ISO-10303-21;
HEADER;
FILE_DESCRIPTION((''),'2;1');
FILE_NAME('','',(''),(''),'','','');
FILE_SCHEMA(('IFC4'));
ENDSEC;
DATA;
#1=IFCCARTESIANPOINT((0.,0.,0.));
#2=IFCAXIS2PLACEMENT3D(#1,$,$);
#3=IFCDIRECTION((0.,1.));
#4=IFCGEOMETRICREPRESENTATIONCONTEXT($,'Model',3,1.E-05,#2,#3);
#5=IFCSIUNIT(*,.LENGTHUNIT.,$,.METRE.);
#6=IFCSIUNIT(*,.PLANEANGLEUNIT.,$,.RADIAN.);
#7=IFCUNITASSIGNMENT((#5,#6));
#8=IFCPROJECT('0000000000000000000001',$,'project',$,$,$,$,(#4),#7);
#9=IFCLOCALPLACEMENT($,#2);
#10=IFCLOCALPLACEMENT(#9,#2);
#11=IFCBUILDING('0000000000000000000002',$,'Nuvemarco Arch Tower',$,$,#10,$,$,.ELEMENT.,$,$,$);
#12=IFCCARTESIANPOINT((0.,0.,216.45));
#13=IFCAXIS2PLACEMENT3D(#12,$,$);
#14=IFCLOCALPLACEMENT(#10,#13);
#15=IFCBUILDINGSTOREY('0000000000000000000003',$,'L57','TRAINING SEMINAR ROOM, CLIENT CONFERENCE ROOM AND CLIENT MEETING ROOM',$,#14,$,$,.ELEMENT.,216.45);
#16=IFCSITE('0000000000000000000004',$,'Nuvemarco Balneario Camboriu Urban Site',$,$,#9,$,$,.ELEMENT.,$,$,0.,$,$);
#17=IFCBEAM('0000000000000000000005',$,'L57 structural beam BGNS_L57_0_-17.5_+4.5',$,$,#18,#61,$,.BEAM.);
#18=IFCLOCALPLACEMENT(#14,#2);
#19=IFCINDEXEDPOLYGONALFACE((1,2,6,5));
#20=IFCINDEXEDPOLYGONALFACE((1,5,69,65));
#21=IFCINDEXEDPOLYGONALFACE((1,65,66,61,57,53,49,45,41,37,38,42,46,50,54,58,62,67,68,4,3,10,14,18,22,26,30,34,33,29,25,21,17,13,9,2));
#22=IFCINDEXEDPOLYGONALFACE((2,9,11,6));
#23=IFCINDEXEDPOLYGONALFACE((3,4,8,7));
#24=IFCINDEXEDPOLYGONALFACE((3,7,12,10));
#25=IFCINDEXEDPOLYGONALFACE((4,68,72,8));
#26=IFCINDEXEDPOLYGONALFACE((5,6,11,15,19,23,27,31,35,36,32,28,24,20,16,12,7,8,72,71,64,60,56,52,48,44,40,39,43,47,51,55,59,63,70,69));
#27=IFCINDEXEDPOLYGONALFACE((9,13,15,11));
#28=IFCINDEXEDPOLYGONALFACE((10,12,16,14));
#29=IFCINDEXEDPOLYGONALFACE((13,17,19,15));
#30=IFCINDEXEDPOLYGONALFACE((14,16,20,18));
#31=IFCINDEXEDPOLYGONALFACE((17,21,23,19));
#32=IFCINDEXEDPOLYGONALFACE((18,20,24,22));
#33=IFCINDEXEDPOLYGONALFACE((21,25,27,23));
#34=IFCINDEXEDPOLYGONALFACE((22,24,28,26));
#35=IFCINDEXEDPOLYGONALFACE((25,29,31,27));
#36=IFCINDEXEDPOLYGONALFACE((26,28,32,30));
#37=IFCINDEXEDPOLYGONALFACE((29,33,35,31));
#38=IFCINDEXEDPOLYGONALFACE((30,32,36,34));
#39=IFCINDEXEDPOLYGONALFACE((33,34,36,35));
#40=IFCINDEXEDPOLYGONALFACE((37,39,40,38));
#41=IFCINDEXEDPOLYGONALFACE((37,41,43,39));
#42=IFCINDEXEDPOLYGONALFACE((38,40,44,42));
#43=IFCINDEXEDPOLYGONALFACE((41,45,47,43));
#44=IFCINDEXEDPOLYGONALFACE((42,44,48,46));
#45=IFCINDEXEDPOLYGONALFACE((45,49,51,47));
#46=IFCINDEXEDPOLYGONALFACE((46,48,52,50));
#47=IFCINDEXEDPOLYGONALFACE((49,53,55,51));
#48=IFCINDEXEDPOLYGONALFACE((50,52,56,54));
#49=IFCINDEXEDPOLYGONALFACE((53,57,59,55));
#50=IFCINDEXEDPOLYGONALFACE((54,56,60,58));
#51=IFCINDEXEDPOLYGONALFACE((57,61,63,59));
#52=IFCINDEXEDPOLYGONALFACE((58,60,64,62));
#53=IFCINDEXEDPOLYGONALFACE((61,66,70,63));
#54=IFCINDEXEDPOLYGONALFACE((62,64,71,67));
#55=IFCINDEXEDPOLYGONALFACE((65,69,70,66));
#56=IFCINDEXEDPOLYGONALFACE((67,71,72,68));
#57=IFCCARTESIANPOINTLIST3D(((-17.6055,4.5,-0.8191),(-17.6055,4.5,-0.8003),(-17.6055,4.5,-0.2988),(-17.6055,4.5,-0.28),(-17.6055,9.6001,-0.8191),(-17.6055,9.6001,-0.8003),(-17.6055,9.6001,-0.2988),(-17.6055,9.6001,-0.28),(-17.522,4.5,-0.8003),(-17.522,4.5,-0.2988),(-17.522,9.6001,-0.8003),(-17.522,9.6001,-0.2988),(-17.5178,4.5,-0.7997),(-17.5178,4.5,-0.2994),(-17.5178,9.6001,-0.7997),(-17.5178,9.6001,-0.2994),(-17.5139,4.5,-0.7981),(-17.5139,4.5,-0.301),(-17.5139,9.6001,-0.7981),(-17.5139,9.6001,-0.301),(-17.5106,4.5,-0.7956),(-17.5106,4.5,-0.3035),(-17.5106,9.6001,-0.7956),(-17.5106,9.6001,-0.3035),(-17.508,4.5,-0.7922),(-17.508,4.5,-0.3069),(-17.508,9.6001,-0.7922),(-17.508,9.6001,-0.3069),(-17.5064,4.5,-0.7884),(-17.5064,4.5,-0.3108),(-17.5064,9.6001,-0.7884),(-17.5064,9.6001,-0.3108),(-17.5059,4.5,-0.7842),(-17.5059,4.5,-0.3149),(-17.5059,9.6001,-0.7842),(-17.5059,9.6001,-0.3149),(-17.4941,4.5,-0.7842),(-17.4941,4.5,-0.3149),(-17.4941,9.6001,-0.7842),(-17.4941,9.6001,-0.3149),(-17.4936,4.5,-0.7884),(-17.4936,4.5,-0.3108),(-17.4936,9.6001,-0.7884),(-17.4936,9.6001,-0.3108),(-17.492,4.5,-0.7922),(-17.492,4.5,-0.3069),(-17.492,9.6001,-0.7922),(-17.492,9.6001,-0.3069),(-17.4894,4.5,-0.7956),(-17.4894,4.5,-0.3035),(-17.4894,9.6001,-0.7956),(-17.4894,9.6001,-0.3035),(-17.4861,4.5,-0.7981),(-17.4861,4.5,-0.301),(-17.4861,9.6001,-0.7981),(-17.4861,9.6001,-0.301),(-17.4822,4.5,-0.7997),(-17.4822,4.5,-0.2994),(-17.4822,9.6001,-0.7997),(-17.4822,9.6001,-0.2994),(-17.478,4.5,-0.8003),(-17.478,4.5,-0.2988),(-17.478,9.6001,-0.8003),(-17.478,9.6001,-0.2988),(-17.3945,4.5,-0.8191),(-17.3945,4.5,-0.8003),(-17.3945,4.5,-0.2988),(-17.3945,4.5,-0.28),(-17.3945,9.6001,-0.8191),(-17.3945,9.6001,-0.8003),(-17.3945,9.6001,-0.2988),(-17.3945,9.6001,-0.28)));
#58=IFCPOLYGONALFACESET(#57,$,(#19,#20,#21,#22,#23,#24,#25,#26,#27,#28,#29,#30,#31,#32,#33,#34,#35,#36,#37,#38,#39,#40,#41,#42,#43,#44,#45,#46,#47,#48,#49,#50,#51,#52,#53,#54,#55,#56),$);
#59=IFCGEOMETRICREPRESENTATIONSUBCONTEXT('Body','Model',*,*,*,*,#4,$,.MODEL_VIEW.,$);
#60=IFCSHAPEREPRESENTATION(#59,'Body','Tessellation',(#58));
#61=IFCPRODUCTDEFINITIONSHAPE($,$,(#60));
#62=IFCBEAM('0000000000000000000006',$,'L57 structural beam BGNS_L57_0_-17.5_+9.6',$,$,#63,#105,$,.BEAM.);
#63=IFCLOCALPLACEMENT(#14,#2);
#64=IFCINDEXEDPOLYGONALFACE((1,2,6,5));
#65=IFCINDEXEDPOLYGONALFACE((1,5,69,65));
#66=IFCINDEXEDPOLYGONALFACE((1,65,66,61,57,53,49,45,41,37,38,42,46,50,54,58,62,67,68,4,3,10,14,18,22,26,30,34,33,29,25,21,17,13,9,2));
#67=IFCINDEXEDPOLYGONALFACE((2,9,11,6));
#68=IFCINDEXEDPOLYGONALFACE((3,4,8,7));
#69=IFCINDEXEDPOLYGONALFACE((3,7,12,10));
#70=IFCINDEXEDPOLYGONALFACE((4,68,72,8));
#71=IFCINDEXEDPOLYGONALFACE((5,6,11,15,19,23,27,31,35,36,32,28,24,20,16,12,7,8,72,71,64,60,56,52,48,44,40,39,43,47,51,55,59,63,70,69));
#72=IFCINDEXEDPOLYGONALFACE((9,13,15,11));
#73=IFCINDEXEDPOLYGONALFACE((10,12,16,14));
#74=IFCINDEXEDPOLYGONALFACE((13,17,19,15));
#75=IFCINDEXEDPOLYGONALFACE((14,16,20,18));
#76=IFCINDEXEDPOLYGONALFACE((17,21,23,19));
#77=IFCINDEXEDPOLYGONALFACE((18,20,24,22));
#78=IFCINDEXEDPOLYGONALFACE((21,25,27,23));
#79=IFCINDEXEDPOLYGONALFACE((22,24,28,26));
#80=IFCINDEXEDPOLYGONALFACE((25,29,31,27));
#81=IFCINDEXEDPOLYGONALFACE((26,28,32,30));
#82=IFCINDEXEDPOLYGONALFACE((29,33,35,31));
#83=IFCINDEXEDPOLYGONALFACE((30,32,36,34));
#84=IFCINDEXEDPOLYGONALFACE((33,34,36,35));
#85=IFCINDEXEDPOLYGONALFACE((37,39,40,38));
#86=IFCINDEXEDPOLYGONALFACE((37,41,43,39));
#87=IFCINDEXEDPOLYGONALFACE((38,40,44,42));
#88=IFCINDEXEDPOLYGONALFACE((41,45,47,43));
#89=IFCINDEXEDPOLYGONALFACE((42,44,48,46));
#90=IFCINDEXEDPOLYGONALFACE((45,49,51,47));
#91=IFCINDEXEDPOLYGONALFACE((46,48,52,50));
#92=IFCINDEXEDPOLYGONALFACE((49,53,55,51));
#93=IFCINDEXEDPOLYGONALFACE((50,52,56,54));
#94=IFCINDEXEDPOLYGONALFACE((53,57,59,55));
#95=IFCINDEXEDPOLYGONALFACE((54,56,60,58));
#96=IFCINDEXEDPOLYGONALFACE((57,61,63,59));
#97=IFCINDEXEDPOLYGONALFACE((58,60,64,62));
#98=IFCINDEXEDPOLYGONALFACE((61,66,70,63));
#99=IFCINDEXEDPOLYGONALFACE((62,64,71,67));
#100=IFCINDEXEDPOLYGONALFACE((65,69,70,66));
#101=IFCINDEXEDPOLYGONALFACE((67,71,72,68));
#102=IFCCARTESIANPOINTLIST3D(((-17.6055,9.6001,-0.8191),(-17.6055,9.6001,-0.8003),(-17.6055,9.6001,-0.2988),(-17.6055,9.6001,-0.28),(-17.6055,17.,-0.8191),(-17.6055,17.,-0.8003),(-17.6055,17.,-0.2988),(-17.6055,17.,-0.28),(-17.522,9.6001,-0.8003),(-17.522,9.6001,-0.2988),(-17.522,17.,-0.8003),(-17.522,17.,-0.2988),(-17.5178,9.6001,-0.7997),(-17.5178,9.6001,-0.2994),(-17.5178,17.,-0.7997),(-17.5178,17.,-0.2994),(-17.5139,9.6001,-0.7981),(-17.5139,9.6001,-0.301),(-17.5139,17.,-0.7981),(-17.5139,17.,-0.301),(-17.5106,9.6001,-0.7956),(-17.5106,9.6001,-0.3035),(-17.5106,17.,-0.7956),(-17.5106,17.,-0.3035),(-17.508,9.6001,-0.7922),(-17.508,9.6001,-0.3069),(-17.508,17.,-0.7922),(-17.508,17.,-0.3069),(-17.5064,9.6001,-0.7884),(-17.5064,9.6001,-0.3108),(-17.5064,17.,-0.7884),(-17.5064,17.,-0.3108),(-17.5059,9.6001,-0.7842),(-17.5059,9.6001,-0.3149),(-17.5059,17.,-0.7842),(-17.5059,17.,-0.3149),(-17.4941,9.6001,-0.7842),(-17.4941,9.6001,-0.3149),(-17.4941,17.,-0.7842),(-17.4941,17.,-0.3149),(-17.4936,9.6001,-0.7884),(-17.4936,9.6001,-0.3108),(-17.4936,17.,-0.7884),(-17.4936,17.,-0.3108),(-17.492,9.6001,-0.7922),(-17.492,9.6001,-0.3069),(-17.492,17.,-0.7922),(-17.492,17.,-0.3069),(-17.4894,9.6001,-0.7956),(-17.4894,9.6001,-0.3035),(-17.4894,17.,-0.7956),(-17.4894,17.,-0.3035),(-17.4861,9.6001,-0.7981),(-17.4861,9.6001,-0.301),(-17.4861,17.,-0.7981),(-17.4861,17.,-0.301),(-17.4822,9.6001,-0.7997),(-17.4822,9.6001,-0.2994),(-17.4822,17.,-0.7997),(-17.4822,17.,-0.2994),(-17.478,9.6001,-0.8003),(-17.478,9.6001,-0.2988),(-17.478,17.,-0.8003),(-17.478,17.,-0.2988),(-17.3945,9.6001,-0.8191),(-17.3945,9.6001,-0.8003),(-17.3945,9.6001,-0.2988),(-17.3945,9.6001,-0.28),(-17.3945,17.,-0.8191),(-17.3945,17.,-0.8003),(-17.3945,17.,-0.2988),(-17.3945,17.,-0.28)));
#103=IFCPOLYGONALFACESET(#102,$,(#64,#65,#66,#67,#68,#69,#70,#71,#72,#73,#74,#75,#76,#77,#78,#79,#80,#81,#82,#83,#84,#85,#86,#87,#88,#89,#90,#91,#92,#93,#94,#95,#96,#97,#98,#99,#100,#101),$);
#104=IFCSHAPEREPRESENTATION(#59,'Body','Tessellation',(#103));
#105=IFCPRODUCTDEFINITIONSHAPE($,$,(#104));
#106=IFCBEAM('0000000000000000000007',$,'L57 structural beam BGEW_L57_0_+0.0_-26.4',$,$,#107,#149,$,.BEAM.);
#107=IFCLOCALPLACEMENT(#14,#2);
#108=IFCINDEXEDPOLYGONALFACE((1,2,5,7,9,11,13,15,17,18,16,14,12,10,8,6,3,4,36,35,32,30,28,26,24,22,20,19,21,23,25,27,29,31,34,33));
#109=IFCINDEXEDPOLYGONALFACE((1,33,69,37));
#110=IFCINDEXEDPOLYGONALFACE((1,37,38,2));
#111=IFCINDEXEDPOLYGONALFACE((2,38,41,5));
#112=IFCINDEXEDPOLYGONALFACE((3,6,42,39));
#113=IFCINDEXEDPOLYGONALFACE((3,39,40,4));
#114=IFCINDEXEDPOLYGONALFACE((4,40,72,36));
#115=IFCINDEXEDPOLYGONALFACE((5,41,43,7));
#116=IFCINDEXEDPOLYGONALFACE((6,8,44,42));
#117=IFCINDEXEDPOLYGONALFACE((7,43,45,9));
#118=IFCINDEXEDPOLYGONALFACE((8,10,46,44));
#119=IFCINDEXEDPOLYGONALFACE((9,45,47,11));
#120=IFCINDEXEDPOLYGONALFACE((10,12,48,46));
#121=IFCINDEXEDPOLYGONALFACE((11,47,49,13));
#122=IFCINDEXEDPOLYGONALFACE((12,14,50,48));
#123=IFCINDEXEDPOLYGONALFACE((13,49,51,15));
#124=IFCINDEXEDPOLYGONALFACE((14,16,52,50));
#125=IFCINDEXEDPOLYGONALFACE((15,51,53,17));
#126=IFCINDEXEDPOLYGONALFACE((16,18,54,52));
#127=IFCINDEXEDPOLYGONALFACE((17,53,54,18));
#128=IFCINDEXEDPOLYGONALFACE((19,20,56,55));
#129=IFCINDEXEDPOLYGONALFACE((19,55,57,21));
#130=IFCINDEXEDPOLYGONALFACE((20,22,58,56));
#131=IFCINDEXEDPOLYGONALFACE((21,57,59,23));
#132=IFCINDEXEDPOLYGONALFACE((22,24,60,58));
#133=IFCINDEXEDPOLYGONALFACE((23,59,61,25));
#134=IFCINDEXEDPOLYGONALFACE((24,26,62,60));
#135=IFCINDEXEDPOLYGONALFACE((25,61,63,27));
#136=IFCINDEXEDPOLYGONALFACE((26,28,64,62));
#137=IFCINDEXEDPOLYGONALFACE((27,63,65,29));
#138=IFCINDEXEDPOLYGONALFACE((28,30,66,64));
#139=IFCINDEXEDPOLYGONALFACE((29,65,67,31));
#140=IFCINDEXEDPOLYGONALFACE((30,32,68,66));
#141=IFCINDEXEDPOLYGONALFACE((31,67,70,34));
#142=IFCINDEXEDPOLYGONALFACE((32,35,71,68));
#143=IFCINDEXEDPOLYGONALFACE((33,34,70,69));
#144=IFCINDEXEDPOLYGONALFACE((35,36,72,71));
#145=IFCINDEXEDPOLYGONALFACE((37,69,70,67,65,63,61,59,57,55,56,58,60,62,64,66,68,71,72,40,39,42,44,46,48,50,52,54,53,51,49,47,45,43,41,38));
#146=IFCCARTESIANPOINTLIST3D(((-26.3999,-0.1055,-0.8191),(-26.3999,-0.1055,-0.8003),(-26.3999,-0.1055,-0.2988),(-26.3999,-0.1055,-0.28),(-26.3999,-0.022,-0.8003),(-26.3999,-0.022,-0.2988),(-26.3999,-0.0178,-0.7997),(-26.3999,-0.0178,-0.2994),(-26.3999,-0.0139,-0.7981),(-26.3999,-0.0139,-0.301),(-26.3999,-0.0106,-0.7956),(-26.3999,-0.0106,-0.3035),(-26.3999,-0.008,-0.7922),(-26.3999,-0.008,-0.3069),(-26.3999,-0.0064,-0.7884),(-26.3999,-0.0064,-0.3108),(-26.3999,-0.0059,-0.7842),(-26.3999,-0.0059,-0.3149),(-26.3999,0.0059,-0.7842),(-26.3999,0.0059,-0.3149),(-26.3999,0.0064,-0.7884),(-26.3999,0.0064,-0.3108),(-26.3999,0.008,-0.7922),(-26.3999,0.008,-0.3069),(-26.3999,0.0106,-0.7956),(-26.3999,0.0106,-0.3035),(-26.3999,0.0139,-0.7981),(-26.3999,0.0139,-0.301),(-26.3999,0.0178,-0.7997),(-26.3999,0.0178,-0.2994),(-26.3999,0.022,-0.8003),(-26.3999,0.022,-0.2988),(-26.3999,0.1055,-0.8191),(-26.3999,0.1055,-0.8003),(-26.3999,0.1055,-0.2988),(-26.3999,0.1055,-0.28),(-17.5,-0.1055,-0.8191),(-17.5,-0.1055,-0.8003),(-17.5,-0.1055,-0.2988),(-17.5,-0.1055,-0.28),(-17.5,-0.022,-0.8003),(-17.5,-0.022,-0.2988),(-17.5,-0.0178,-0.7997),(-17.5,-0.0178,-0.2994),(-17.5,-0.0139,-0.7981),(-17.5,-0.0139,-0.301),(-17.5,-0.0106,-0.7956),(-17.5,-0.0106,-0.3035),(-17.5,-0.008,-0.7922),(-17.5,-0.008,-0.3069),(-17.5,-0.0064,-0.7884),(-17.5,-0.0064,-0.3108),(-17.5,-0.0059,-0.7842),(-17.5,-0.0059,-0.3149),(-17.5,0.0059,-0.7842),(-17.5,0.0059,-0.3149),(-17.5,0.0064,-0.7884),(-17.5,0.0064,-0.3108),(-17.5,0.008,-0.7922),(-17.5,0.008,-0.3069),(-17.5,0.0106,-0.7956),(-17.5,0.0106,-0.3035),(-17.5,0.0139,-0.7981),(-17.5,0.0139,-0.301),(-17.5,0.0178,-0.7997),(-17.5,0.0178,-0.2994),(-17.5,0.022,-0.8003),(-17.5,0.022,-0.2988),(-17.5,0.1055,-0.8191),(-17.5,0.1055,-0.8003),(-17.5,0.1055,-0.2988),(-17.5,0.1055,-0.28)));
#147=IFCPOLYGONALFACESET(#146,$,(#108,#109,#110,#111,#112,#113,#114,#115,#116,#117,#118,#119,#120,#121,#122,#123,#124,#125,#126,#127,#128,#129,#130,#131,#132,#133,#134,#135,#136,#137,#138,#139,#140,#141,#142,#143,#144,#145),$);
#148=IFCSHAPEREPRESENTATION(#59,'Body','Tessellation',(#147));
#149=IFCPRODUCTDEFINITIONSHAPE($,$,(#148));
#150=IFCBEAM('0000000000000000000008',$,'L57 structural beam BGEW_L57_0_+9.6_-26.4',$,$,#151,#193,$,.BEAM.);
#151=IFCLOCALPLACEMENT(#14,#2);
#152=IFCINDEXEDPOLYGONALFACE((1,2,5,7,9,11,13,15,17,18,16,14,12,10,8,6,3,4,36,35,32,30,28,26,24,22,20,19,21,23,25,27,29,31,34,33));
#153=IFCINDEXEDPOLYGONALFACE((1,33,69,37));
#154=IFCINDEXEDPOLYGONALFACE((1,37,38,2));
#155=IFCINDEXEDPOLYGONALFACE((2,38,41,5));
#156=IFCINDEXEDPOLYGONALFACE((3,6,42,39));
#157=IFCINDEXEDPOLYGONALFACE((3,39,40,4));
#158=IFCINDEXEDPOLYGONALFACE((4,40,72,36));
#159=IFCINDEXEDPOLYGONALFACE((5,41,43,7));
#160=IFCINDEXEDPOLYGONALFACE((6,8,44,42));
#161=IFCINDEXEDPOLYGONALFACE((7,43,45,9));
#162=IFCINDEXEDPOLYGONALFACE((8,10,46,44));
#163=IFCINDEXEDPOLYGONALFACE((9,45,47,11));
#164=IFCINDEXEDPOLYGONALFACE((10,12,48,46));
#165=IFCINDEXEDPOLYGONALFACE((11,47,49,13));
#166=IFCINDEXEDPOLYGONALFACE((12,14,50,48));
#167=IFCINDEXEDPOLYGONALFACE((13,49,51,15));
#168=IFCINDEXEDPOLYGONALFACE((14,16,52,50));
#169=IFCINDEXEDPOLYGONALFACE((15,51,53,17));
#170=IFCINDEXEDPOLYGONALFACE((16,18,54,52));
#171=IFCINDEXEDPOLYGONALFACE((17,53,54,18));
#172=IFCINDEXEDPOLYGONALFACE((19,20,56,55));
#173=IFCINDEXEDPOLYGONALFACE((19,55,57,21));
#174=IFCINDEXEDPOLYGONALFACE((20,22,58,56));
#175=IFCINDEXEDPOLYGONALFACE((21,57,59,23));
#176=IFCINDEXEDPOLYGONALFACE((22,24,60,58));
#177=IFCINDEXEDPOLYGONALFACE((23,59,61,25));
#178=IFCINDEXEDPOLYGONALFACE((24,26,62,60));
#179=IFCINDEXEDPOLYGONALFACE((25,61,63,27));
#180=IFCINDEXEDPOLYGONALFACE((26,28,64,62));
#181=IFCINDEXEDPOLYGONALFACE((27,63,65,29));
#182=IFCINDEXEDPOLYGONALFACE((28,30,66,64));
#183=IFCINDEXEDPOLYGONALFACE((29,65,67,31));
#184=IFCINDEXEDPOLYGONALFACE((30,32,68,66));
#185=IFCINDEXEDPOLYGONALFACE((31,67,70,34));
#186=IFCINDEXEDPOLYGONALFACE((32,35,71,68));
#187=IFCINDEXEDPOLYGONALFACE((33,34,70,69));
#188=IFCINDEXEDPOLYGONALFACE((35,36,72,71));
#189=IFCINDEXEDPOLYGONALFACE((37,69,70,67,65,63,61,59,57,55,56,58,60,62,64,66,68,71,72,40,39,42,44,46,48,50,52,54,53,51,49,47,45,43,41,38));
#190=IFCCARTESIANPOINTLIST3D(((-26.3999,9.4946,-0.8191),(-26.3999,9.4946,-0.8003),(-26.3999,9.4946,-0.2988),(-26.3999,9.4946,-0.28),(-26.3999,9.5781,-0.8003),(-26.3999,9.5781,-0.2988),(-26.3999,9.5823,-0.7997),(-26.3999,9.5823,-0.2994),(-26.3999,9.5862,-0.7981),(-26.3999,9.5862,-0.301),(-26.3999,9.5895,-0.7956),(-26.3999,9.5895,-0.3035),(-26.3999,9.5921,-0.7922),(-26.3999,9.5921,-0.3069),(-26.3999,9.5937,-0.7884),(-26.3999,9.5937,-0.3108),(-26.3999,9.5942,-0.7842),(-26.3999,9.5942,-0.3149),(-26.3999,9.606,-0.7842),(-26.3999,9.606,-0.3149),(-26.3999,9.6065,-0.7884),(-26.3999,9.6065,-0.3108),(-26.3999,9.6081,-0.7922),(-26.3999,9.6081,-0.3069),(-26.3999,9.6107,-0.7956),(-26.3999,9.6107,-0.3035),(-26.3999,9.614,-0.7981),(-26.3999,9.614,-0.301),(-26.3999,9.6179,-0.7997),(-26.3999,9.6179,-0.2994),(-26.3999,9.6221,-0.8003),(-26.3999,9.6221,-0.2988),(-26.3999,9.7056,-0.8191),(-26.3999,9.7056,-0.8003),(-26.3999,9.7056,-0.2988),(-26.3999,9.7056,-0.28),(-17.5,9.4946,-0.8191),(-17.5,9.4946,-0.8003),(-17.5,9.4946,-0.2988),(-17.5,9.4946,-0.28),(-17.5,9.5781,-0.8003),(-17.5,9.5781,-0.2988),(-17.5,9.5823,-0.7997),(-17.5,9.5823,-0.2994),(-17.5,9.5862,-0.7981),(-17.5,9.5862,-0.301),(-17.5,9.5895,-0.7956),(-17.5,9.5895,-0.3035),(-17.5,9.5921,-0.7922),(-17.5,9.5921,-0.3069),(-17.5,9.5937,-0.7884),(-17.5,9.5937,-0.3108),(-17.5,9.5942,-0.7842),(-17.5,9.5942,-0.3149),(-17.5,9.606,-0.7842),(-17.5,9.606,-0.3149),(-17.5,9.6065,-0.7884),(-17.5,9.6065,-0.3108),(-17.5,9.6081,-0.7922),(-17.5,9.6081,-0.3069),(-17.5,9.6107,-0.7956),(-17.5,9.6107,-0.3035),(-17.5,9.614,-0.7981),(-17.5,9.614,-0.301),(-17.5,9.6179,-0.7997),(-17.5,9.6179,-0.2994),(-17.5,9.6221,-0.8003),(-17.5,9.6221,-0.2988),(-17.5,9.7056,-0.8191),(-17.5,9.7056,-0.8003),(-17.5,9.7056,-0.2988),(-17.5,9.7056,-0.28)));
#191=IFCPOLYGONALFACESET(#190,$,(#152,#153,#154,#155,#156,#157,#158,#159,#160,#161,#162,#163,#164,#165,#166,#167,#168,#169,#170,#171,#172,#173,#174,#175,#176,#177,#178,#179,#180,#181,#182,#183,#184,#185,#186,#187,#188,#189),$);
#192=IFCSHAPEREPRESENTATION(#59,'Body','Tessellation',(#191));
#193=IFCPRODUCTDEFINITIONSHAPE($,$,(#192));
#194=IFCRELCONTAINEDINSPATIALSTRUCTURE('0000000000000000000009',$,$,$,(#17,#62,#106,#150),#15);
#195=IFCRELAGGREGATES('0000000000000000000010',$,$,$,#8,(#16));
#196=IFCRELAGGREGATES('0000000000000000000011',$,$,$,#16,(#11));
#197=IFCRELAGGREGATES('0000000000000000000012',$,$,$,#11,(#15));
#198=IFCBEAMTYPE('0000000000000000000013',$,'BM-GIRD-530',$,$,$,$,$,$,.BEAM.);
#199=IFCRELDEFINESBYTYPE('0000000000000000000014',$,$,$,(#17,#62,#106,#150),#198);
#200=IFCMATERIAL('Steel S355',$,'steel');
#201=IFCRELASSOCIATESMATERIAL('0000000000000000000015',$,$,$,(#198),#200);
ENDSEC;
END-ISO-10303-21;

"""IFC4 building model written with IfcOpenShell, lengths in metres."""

from ifc_helpers import new_model, si_unit, direction, frame, origin, origin_2d, place, context, subcontext, project, spatial, i_section, extrude, material, material_profile, profile_set, type_object, element, save


model = new_model("IFC4")

# Units and contexts
model_context = context("Model", 3, precision=1e-05, world=origin(), true_north=direction((0.0, 1.0)))
body_context = subcontext(model_context, "Body", "Model", "MODEL_VIEW")
ifc_project = project(units=[si_unit("LENGTHUNIT", "METRE"), si_unit("PLANEANGLEUNIT", "RADIAN")], contexts=[model_context])

# Site, building, storey
site_placement = place(None, origin())
site = spatial("IfcSite", under=ifc_project, at=site_placement, Name="Nuvemarco Balneario Camboriu Urban Site", CompositionType="ELEMENT", RefElevation=0.0)
building_placement = place(site_placement, origin())
building = spatial("IfcBuilding", under=site, at=building_placement, Name="Nuvemarco Arch Tower", CompositionType="ELEMENT")
storey_placement = place(building_placement, frame((0.0, 0.0, 216.45)))
storey = spatial("IfcBuildingStorey", under=building, at=storey_placement, Name="L57", Description="TRAINING SEMINAR ROOM, CLIENT CONFERENCE ROOM AND CLIENT MEETING ROOM", CompositionType="ELEMENT", Elevation=216.45)

# Shared definitions
ifc_material_1 = material(Name="Steel S355", Category="steel")

# Beams
ifc_material_profile_1 = material_profile(ifc_material_1, i_section(OverallWidth=0.2109, OverallDepth=0.5391, WebThickness=0.0117, FlangeThickness=0.0188, FilletRadius=0.0161, at=origin_2d()), Name="W530x109")
ifc_profile_set_1 = profile_set([ifc_material_profile_1], Name="Steel S355")
beam_type_1 = type_object("IfcBeamType", Name="BM-GIRD-530", PredefinedType="BEAM", material=ifc_profile_set_1)
beam_1_placement = place(storey_placement, frame((-17.5, 4.5, -0.5496), z_axis=(0.0, 1.0, 0.0), x_axis=(-1.0, 0.0, 0.0)))
element("IfcBeam", 1, at=beam_1_placement, inside=storey, type_object=beam_type_1, Name="L57 structural beam BGNS_L57_0_-17.5_+4.5", PredefinedType="BEAM", context=body_context, shape_type="SweptSolid", body=[
    extrude(i_section(OverallWidth=0.2109, OverallDepth=0.5391, WebThickness=0.0117, FlangeThickness=0.0188, FilletRadius=0.0161, at=origin_2d()), origin(), (0.0, 0.0, 1.0), 5.1001),
])
beam_2_placement = place(storey_placement, frame((-17.5, 9.6001, -0.5496), z_axis=(0.0, 1.0, 0.0), x_axis=(-1.0, 0.0, 0.0)))
element("IfcBeam", 2, at=beam_2_placement, inside=storey, type_object=beam_type_1, Name="L57 structural beam BGNS_L57_0_-17.5_+9.6", PredefinedType="BEAM", context=body_context, shape_type="SweptSolid", body=[
    extrude(i_section(OverallWidth=0.2109, OverallDepth=0.5391, WebThickness=0.0117, FlangeThickness=0.0188, FilletRadius=0.0161, at=origin_2d()), origin(), (0.0, 0.0, 1.0), 7.3999),
])
for number, where, z_axis, x_axis, name in (
    (3, (-26.3999, 0.0, -0.5496), (1.0, 0.0, 0.0), (0.0, 1.0, 0.0), "L57 structural beam BGEW_L57_0_+0.0_-26.4"),
    (4, (-26.3999, 9.6001, -0.5496), (1.0, 0.0, 0.0), (0.0, 1.0, 0.0), "L57 structural beam BGEW_L57_0_+9.6_-26.4"),
):
    element("IfcBeam", number, at=place(storey_placement, frame(where, z_axis=z_axis, x_axis=x_axis)), inside=storey, type_object=beam_type_1, Name=name, PredefinedType="BEAM", context=body_context, shape_type="SweptSolid", body=[
        extrude(i_section(OverallWidth=0.2109, OverallDepth=0.5391, WebThickness=0.0117, FlangeThickness=0.0188, FilletRadius=0.0161, at=origin_2d()), origin(), (0.0, 0.0, 1.0), 8.8999),
    ])

save(model, "model.ifc")
